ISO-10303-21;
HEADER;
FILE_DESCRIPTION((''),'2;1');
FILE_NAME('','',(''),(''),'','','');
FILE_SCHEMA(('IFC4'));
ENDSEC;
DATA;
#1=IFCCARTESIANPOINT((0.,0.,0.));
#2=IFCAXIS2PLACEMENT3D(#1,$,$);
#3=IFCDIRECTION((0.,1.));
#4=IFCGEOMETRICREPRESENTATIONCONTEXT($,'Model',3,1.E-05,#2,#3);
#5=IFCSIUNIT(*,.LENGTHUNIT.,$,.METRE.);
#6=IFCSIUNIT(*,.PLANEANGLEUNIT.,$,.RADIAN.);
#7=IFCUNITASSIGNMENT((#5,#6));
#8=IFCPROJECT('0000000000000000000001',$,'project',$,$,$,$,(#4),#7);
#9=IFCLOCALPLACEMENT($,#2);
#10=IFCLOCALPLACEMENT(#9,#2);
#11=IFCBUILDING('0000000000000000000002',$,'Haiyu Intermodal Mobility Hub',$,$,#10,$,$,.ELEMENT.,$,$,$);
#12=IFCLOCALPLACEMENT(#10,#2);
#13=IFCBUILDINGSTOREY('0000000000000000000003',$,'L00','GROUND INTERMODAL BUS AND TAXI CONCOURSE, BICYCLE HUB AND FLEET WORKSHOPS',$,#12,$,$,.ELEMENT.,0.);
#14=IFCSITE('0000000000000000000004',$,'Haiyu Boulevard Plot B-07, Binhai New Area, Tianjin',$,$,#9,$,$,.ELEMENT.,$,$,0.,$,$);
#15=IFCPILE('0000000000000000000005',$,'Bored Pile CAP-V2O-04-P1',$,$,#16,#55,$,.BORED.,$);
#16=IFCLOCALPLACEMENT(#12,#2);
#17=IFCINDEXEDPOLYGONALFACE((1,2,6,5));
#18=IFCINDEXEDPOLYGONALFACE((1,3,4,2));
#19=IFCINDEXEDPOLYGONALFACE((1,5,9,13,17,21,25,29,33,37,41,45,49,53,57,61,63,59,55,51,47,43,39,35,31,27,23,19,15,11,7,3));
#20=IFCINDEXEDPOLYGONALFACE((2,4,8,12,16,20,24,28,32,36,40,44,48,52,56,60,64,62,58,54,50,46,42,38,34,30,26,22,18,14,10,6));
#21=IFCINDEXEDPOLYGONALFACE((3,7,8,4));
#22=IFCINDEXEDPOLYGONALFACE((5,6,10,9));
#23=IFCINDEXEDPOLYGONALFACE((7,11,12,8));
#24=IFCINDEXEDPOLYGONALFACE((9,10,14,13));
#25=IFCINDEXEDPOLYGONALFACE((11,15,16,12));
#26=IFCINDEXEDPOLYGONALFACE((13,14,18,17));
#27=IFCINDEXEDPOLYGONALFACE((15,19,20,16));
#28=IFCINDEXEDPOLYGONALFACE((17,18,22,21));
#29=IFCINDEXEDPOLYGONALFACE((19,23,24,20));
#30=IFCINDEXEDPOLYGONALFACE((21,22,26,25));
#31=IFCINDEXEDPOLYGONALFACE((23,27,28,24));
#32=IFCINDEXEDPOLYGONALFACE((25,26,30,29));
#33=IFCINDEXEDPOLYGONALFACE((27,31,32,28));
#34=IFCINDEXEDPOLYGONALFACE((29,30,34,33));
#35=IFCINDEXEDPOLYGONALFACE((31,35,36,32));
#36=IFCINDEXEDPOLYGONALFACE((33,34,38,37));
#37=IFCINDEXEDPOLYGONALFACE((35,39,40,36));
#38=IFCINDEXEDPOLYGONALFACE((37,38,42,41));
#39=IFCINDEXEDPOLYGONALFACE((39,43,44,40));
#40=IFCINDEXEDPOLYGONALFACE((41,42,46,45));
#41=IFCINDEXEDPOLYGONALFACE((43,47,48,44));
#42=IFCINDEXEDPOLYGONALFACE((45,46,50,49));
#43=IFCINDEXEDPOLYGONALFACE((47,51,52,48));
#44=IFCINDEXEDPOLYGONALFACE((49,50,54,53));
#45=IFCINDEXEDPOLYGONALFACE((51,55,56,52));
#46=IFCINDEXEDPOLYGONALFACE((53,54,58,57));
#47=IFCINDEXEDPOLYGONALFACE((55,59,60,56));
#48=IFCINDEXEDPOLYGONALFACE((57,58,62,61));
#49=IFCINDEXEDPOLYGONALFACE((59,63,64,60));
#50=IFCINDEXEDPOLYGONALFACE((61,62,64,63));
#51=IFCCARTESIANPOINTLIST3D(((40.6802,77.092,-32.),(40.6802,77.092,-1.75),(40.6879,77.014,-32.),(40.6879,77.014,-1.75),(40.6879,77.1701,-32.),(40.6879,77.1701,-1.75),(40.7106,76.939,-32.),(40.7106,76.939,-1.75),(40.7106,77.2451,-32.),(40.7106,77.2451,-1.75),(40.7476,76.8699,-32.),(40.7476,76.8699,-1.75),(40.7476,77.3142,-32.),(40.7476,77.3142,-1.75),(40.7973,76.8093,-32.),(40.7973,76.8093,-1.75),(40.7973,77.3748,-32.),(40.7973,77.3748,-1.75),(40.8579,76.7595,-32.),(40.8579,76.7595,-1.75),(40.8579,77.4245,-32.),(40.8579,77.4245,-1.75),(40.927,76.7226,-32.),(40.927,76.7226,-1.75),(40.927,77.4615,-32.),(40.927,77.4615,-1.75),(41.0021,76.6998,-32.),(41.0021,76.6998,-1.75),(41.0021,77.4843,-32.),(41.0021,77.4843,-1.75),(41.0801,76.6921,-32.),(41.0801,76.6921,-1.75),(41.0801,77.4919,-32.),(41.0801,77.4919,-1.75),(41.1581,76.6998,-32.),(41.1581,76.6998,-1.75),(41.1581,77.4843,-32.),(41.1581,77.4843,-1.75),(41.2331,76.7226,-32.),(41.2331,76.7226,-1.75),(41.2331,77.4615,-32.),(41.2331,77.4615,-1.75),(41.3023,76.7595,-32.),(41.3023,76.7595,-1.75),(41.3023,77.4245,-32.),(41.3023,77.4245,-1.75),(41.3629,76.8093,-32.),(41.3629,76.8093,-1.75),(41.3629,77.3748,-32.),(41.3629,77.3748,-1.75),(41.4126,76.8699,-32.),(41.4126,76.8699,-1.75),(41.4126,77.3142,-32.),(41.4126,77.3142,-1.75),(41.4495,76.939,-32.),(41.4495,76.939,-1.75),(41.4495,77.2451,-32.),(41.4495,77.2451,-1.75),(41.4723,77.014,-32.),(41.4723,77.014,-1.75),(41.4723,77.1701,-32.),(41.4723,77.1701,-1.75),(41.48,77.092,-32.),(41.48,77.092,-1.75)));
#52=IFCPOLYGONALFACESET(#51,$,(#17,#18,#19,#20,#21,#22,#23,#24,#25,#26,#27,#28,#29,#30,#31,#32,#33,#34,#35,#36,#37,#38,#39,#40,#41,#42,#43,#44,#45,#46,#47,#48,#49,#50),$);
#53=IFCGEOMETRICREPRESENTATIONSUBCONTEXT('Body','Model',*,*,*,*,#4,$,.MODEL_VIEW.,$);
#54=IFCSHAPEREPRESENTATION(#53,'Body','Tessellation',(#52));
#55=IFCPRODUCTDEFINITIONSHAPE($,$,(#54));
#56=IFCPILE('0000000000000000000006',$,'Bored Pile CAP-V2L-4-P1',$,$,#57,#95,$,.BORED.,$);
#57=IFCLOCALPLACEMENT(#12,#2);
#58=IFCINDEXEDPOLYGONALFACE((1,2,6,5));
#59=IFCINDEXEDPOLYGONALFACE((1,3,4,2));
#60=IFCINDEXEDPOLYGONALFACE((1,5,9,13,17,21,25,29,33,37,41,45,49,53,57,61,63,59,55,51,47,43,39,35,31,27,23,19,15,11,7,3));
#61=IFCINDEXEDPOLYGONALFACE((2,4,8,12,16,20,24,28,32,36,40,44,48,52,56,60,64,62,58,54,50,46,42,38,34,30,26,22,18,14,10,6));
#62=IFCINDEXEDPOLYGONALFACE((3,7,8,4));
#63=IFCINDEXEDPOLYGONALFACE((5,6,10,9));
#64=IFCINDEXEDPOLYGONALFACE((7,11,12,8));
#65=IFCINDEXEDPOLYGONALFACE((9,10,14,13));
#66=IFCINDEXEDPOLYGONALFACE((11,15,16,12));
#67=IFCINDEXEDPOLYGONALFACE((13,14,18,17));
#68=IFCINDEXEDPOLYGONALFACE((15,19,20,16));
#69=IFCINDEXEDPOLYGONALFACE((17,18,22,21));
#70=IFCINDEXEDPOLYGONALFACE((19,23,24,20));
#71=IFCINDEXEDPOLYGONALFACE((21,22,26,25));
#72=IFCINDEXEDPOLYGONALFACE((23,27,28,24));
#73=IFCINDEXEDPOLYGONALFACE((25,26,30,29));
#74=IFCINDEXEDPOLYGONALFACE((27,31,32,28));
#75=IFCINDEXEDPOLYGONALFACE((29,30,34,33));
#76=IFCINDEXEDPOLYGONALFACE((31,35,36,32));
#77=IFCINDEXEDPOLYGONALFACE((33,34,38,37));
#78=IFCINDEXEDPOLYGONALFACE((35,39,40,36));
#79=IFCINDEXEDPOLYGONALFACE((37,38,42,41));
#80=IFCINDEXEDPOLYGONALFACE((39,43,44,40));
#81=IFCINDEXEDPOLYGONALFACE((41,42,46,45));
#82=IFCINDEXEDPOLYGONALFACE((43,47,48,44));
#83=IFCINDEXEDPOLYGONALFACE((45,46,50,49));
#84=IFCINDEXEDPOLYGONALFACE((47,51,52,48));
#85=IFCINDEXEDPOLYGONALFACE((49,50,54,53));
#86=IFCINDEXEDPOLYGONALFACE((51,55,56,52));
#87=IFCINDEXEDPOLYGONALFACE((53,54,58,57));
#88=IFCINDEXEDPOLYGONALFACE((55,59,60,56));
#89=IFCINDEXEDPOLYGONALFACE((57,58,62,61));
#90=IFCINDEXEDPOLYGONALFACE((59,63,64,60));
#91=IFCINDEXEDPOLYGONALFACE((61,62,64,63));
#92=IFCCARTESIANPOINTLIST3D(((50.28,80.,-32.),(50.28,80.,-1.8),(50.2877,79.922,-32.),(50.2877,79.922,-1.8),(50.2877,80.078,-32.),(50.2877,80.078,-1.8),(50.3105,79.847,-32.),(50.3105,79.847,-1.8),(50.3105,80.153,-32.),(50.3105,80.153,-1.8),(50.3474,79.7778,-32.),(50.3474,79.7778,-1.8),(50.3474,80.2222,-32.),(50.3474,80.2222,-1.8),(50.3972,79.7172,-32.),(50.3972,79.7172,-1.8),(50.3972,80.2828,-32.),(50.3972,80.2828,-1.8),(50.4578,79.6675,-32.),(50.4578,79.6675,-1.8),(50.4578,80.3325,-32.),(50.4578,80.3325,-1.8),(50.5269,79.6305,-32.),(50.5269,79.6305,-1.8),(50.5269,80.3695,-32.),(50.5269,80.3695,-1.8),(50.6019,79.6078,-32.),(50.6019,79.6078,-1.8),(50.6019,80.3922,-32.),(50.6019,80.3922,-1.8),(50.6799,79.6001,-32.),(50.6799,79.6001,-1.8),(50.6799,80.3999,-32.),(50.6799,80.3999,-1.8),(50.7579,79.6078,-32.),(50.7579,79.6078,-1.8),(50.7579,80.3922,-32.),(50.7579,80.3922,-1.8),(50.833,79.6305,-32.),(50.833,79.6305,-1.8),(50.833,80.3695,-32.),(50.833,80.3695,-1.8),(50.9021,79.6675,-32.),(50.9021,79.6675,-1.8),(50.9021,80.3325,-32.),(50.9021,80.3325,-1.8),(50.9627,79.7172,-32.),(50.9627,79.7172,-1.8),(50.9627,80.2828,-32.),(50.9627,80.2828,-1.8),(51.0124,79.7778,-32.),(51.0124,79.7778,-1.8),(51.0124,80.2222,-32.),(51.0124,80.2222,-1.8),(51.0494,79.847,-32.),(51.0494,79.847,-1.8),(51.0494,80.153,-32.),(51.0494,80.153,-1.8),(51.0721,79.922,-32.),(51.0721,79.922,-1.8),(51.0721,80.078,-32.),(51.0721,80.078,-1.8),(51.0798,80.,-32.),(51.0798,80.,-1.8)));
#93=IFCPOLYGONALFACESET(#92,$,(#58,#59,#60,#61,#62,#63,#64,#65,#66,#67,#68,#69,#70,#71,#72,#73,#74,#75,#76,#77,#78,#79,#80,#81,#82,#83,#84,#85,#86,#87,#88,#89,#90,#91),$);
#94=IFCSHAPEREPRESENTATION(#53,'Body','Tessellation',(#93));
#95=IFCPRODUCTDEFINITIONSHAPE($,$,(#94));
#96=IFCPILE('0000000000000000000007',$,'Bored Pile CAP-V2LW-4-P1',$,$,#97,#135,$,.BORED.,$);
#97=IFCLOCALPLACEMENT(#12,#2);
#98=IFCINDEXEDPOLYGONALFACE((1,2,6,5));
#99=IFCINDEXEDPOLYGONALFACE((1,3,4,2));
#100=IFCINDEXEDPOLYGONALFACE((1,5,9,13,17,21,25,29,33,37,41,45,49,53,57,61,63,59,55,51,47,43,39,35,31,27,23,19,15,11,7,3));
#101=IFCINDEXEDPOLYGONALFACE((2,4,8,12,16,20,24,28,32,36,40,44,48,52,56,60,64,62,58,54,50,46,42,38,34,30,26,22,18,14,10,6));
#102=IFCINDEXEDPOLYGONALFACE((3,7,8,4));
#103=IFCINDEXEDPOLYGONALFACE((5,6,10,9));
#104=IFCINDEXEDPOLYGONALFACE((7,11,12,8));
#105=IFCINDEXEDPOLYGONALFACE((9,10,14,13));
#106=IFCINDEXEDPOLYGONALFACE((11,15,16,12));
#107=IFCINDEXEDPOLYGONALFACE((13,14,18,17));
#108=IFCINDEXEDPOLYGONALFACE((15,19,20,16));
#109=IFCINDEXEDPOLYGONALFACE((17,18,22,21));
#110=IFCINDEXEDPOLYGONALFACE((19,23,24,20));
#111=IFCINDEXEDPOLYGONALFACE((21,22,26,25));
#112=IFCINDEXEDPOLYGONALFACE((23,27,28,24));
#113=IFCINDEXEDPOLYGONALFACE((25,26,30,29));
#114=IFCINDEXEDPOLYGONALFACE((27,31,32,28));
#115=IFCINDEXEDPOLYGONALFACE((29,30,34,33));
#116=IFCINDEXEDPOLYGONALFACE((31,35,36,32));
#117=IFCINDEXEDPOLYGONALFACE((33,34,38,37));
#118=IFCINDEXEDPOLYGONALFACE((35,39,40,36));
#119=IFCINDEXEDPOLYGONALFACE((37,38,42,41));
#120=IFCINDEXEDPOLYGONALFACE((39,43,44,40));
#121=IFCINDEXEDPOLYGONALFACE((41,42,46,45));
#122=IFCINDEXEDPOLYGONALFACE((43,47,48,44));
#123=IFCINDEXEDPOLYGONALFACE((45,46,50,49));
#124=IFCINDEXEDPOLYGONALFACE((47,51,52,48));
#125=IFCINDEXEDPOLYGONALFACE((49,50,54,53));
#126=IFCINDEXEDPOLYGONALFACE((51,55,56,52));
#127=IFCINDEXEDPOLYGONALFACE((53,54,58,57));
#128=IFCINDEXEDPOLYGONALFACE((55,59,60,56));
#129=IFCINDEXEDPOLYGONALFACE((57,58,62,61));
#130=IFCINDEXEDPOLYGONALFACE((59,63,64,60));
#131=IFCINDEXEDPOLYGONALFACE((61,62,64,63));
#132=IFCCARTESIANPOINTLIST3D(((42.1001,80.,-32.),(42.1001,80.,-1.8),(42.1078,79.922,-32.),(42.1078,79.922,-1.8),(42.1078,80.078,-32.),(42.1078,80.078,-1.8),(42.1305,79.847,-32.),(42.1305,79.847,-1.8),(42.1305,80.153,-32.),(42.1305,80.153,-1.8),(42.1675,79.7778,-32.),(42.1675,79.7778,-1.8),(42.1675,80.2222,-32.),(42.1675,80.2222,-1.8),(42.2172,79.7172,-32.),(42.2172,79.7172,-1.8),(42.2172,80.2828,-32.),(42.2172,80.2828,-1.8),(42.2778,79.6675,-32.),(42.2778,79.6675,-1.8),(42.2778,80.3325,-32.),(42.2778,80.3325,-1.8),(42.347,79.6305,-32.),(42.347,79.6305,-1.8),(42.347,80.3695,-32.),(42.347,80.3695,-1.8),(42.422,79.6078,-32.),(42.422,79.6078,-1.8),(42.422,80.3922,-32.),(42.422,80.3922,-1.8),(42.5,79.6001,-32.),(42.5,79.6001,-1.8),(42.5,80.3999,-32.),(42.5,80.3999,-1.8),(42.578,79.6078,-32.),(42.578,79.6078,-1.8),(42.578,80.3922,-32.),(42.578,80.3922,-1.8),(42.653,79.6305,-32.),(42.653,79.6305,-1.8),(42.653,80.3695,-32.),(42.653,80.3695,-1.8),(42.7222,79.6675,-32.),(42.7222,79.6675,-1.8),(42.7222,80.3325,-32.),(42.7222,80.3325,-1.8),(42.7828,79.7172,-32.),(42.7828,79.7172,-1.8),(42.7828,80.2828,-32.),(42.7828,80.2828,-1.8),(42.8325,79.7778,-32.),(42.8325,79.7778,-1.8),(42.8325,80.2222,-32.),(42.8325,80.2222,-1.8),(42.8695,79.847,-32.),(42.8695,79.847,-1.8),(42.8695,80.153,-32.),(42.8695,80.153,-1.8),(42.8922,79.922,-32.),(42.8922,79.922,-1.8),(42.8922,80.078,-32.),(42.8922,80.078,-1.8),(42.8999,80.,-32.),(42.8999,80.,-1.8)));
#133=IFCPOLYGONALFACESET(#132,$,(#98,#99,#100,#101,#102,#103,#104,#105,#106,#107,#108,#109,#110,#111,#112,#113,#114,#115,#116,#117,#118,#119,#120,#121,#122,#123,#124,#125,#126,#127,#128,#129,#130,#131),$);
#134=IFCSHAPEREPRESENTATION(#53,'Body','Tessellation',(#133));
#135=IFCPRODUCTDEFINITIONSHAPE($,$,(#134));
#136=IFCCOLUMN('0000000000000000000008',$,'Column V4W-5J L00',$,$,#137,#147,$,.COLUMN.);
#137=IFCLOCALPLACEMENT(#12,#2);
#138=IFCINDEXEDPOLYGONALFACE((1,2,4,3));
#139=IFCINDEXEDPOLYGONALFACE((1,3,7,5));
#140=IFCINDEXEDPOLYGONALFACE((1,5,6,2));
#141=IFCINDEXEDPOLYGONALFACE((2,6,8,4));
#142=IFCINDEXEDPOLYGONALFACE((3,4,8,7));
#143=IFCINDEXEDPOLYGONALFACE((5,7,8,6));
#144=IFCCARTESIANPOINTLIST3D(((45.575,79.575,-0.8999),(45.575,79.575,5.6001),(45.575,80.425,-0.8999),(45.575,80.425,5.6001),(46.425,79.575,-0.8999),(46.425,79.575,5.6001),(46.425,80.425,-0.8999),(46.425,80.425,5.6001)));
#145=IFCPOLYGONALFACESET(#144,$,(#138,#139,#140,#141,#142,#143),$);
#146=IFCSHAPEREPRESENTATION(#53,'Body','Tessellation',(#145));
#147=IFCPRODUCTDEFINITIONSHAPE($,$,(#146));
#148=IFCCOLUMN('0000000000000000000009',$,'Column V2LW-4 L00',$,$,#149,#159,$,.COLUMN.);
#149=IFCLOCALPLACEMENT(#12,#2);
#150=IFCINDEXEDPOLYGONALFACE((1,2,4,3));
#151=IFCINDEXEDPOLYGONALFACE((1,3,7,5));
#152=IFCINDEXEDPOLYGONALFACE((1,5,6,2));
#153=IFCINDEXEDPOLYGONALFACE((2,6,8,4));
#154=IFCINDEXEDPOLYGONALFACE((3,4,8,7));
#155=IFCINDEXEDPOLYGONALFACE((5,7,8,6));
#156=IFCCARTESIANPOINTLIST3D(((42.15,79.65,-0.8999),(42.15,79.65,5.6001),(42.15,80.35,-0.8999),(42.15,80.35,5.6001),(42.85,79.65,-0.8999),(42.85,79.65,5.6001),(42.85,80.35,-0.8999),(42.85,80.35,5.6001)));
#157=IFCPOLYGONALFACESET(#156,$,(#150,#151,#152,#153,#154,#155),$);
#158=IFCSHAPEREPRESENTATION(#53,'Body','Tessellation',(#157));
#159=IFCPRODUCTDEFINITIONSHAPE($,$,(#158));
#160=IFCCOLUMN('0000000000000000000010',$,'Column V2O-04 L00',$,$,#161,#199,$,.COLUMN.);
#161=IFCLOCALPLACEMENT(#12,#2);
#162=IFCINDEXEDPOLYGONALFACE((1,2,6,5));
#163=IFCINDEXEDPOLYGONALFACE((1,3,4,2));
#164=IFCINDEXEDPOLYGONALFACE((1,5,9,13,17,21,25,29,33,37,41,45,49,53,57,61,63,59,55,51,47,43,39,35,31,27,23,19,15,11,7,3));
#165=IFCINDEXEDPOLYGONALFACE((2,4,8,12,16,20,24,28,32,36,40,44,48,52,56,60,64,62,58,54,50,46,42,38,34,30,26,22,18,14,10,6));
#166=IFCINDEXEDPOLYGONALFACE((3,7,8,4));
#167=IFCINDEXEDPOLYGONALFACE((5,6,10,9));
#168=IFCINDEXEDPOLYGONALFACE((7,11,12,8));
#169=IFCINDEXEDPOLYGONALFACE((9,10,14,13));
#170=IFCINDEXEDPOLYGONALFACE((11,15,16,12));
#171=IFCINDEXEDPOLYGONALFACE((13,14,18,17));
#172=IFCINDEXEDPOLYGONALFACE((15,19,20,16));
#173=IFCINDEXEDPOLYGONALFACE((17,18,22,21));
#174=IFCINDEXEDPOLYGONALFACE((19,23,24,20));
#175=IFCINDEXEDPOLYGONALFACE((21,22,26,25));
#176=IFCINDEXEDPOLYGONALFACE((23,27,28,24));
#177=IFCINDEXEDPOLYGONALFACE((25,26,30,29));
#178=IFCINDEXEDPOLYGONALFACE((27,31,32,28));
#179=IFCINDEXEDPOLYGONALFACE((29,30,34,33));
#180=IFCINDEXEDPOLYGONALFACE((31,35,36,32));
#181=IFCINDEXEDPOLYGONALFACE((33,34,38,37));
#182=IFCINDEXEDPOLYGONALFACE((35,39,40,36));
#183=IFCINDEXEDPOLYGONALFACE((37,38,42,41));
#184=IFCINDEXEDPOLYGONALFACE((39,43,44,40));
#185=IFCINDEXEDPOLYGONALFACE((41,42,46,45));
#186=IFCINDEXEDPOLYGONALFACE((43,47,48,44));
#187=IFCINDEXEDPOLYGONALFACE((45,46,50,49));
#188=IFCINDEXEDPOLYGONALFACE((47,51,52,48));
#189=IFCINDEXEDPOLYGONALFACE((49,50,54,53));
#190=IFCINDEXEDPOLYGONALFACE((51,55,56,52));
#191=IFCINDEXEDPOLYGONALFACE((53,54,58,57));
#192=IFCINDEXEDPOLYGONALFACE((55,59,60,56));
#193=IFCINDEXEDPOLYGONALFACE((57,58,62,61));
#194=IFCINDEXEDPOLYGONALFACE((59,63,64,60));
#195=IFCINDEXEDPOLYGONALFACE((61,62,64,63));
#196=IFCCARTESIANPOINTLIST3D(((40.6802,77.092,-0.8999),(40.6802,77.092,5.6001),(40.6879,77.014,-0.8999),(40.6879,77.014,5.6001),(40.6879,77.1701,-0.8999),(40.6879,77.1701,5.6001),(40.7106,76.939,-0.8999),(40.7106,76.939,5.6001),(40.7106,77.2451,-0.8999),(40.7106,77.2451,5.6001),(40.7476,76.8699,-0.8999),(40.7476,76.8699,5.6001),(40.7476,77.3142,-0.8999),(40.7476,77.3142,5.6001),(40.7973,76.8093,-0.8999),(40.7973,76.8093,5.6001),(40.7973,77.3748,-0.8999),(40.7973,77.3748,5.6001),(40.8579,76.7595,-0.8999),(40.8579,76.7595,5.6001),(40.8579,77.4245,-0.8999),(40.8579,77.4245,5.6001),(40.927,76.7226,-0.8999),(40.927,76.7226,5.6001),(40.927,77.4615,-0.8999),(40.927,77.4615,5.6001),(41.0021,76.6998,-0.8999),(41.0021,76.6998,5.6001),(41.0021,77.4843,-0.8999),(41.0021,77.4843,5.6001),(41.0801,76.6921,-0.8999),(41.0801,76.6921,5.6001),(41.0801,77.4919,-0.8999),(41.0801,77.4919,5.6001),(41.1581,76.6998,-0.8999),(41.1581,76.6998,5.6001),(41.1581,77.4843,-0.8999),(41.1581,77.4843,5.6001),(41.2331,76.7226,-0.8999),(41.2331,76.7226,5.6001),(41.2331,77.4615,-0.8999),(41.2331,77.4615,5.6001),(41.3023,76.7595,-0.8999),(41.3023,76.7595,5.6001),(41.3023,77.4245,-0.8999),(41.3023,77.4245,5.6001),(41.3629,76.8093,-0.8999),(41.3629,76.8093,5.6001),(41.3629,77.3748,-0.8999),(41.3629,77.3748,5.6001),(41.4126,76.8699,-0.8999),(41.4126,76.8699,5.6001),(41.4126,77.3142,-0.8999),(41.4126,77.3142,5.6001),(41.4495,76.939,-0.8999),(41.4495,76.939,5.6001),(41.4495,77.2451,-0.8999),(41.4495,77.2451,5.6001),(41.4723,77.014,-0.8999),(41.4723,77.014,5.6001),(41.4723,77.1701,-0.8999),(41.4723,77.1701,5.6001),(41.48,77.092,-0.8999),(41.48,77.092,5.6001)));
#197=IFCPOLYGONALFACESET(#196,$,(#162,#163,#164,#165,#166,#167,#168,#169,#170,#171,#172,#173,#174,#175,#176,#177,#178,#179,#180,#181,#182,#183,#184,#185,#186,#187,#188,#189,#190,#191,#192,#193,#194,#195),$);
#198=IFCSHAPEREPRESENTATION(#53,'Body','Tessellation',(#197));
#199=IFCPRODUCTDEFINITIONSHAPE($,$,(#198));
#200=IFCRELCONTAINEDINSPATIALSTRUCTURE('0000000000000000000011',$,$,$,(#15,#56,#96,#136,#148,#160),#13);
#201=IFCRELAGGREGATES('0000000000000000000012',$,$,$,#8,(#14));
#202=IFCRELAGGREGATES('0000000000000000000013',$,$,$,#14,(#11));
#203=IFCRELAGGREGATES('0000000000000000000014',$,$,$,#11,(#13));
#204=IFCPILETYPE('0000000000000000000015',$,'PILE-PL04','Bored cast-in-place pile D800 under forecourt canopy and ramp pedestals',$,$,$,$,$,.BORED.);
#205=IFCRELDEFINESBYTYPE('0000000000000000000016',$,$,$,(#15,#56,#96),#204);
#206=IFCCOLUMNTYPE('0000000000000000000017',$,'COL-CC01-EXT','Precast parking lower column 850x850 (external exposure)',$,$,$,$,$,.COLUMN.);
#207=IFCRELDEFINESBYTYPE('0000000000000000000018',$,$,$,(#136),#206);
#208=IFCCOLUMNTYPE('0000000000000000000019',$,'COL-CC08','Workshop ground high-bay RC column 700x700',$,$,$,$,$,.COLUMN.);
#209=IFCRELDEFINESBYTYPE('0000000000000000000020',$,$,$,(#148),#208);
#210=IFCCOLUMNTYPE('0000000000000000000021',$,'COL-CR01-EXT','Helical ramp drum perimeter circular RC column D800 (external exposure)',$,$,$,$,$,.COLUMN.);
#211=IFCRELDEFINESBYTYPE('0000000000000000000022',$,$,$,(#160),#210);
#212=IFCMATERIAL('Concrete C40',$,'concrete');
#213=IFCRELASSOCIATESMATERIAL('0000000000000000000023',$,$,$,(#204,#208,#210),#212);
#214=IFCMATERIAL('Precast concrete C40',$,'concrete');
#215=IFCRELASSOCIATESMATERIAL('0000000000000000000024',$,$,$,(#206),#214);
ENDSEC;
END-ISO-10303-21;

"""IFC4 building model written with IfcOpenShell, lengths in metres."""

from ifc_helpers import new_model, si_unit, direction, frame, origin, origin_2d, place, context, subcontext, project, spatial, rectangle, circle, extrude, material, material_profile, profile_set, type_object, element, save


model = new_model("IFC4")

# Units and contexts
model_context = context("Model", 3, precision=1e-05, world=origin(), true_north=direction((0.0, 1.0)))
body_context = subcontext(model_context, "Body", "Model", "MODEL_VIEW")
ifc_project = project(units=[si_unit("LENGTHUNIT", "METRE"), si_unit("PLANEANGLEUNIT", "RADIAN")], contexts=[model_context])

# Site, building, storey
site_placement = place(None, origin())
site = spatial("IfcSite", under=ifc_project, at=site_placement, Name="Haiyu Boulevard Plot B-07, Binhai New Area, Tianjin", CompositionType="ELEMENT", RefElevation=0.0)
building_placement = place(site_placement, origin())
building = spatial("IfcBuilding", under=site, at=building_placement, Name="Haiyu Intermodal Mobility Hub", CompositionType="ELEMENT")
storey_placement = place(building_placement, origin())
storey = spatial("IfcBuildingStorey", under=building, at=storey_placement, Name="L00", Description="GROUND INTERMODAL BUS AND TAXI CONCOURSE, BICYCLE HUB AND FLEET WORKSHOPS", CompositionType="ELEMENT", Elevation=0.0)

# Shared definitions
ifc_material_1 = material(Name="Concrete C40", Category="concrete")

# Piles
ifc_material_profile_1 = material_profile(ifc_material_1, circle(Radius=0.3999, at=origin_2d()), Name="PILE-D800")
ifc_profile_set_1 = profile_set([ifc_material_profile_1], Name="Concrete C40")
pile_type_1 = type_object("IfcPileType", Name="PILE-PL04", Description="Bored cast-in-place pile D800 under forecourt canopy and ramp pedestals", PredefinedType="BORED", material=ifc_profile_set_1)
pile_placement = place(storey_placement, frame((41.0801, 77.092, -1.75), z_axis=(0.0, 0.0, -1.0), x_axis=(1.0, 0.0, 0.0)))
element("IfcPile", 1, at=pile_placement, inside=storey, type_object=pile_type_1, Name="Bored Pile CAP-V2O-04-P1", PredefinedType="BORED", context=body_context, shape_type="SweptSolid", body=[
    extrude(circle(Radius=0.3999, at=origin_2d()), origin(), (0.0, 0.0, 1.0), 30.25),
])
for number, where, z_axis, x_axis, name in (
    (2, (50.6799, 80.0, -1.8), (0.0, 0.0, -1.0), (1.0, 0.0, 0.0), "Bored Pile CAP-V2L-4-P1"),
    (3, (42.5, 80.0, -1.8), (0.0, 0.0, -1.0), (1.0, 0.0, 0.0), "Bored Pile CAP-V2LW-4-P1"),
):
    element("IfcPile", number, at=place(storey_placement, frame(where, z_axis=z_axis, x_axis=x_axis)), inside=storey, type_object=pile_type_1, Name=name, PredefinedType="BORED", context=body_context, shape_type="SweptSolid", body=[
        extrude(circle(Radius=0.3999, at=origin_2d()), origin(), (0.0, 0.0, 1.0), 30.2),
    ])

# Columns
ifc_material_2 = material(Name="Precast concrete C40", Category="concrete")
ifc_material_profile_2 = material_profile(ifc_material_2, rectangle(XDim=0.8501, YDim=0.8501, at=origin_2d()), Name="RC850x850")
ifc_profile_set_2 = profile_set([ifc_material_profile_2], Name="Precast concrete C40")
column_type_1 = type_object("IfcColumnType", Name="COL-CC01-EXT", Description="Precast parking lower column 850x850 (external exposure)", PredefinedType="COLUMN", material=ifc_profile_set_2)
column_1_placement = place(storey_placement, frame((46.0, 80.0, -0.8999), z_axis=(0.0, 0.0, 1.0), x_axis=(1.0, 0.0, 0.0)))
element("IfcColumn", 4, at=column_1_placement, inside=storey, type_object=column_type_1, Name="Column V4W-5J L00", PredefinedType="COLUMN", context=body_context, shape_type="SweptSolid", body=[
    extrude(rectangle(XDim=0.8501, YDim=0.8501, at=origin_2d()), origin(), (0.0, 0.0, 1.0), 6.5),
])
ifc_material_profile_3 = material_profile(ifc_material_1, rectangle(XDim=0.7, YDim=0.7, at=origin_2d()), Name="RC700x700")
ifc_profile_set_3 = profile_set([ifc_material_profile_3], Name="Concrete C40")
column_type_2 = type_object("IfcColumnType", Name="COL-CC08", Description="Workshop ground high-bay RC column 700x700", PredefinedType="COLUMN", material=ifc_profile_set_3)
column_2_placement = place(storey_placement, frame((42.5, 80.0, -0.8999), z_axis=(0.0, 0.0, 1.0), x_axis=(1.0, 0.0, 0.0)))
element("IfcColumn", 5, at=column_2_placement, inside=storey, type_object=column_type_2, Name="Column V2LW-4 L00", PredefinedType="COLUMN", context=body_context, shape_type="SweptSolid", body=[
    extrude(rectangle(XDim=0.7, YDim=0.7, at=origin_2d()), origin(), (0.0, 0.0, 1.0), 6.5),
])
ifc_material_profile_4 = material_profile(ifc_material_1, circle(Radius=0.3999, at=origin_2d()), Name="RCCOL-D800")
ifc_profile_set_4 = profile_set([ifc_material_profile_4], Name="Concrete C40")
column_type_3 = type_object("IfcColumnType", Name="COL-CR01-EXT", Description="Helical ramp drum perimeter circular RC column D800 (external exposure)", PredefinedType="COLUMN", material=ifc_profile_set_4)
column_3_placement = place(storey_placement, frame((41.0801, 77.092, -0.8999), z_axis=(0.0, 0.0, 1.0), x_axis=(1.0, 0.0, 0.0)))
element("IfcColumn", 6, at=column_3_placement, inside=storey, type_object=column_type_3, Name="Column V2O-04 L00", PredefinedType="COLUMN", context=body_context, shape_type="SweptSolid", body=[
    extrude(circle(Radius=0.3999, at=origin_2d()), origin(), (0.0, 0.0, 1.0), 6.5),
])

save(model, "model.ifc")
